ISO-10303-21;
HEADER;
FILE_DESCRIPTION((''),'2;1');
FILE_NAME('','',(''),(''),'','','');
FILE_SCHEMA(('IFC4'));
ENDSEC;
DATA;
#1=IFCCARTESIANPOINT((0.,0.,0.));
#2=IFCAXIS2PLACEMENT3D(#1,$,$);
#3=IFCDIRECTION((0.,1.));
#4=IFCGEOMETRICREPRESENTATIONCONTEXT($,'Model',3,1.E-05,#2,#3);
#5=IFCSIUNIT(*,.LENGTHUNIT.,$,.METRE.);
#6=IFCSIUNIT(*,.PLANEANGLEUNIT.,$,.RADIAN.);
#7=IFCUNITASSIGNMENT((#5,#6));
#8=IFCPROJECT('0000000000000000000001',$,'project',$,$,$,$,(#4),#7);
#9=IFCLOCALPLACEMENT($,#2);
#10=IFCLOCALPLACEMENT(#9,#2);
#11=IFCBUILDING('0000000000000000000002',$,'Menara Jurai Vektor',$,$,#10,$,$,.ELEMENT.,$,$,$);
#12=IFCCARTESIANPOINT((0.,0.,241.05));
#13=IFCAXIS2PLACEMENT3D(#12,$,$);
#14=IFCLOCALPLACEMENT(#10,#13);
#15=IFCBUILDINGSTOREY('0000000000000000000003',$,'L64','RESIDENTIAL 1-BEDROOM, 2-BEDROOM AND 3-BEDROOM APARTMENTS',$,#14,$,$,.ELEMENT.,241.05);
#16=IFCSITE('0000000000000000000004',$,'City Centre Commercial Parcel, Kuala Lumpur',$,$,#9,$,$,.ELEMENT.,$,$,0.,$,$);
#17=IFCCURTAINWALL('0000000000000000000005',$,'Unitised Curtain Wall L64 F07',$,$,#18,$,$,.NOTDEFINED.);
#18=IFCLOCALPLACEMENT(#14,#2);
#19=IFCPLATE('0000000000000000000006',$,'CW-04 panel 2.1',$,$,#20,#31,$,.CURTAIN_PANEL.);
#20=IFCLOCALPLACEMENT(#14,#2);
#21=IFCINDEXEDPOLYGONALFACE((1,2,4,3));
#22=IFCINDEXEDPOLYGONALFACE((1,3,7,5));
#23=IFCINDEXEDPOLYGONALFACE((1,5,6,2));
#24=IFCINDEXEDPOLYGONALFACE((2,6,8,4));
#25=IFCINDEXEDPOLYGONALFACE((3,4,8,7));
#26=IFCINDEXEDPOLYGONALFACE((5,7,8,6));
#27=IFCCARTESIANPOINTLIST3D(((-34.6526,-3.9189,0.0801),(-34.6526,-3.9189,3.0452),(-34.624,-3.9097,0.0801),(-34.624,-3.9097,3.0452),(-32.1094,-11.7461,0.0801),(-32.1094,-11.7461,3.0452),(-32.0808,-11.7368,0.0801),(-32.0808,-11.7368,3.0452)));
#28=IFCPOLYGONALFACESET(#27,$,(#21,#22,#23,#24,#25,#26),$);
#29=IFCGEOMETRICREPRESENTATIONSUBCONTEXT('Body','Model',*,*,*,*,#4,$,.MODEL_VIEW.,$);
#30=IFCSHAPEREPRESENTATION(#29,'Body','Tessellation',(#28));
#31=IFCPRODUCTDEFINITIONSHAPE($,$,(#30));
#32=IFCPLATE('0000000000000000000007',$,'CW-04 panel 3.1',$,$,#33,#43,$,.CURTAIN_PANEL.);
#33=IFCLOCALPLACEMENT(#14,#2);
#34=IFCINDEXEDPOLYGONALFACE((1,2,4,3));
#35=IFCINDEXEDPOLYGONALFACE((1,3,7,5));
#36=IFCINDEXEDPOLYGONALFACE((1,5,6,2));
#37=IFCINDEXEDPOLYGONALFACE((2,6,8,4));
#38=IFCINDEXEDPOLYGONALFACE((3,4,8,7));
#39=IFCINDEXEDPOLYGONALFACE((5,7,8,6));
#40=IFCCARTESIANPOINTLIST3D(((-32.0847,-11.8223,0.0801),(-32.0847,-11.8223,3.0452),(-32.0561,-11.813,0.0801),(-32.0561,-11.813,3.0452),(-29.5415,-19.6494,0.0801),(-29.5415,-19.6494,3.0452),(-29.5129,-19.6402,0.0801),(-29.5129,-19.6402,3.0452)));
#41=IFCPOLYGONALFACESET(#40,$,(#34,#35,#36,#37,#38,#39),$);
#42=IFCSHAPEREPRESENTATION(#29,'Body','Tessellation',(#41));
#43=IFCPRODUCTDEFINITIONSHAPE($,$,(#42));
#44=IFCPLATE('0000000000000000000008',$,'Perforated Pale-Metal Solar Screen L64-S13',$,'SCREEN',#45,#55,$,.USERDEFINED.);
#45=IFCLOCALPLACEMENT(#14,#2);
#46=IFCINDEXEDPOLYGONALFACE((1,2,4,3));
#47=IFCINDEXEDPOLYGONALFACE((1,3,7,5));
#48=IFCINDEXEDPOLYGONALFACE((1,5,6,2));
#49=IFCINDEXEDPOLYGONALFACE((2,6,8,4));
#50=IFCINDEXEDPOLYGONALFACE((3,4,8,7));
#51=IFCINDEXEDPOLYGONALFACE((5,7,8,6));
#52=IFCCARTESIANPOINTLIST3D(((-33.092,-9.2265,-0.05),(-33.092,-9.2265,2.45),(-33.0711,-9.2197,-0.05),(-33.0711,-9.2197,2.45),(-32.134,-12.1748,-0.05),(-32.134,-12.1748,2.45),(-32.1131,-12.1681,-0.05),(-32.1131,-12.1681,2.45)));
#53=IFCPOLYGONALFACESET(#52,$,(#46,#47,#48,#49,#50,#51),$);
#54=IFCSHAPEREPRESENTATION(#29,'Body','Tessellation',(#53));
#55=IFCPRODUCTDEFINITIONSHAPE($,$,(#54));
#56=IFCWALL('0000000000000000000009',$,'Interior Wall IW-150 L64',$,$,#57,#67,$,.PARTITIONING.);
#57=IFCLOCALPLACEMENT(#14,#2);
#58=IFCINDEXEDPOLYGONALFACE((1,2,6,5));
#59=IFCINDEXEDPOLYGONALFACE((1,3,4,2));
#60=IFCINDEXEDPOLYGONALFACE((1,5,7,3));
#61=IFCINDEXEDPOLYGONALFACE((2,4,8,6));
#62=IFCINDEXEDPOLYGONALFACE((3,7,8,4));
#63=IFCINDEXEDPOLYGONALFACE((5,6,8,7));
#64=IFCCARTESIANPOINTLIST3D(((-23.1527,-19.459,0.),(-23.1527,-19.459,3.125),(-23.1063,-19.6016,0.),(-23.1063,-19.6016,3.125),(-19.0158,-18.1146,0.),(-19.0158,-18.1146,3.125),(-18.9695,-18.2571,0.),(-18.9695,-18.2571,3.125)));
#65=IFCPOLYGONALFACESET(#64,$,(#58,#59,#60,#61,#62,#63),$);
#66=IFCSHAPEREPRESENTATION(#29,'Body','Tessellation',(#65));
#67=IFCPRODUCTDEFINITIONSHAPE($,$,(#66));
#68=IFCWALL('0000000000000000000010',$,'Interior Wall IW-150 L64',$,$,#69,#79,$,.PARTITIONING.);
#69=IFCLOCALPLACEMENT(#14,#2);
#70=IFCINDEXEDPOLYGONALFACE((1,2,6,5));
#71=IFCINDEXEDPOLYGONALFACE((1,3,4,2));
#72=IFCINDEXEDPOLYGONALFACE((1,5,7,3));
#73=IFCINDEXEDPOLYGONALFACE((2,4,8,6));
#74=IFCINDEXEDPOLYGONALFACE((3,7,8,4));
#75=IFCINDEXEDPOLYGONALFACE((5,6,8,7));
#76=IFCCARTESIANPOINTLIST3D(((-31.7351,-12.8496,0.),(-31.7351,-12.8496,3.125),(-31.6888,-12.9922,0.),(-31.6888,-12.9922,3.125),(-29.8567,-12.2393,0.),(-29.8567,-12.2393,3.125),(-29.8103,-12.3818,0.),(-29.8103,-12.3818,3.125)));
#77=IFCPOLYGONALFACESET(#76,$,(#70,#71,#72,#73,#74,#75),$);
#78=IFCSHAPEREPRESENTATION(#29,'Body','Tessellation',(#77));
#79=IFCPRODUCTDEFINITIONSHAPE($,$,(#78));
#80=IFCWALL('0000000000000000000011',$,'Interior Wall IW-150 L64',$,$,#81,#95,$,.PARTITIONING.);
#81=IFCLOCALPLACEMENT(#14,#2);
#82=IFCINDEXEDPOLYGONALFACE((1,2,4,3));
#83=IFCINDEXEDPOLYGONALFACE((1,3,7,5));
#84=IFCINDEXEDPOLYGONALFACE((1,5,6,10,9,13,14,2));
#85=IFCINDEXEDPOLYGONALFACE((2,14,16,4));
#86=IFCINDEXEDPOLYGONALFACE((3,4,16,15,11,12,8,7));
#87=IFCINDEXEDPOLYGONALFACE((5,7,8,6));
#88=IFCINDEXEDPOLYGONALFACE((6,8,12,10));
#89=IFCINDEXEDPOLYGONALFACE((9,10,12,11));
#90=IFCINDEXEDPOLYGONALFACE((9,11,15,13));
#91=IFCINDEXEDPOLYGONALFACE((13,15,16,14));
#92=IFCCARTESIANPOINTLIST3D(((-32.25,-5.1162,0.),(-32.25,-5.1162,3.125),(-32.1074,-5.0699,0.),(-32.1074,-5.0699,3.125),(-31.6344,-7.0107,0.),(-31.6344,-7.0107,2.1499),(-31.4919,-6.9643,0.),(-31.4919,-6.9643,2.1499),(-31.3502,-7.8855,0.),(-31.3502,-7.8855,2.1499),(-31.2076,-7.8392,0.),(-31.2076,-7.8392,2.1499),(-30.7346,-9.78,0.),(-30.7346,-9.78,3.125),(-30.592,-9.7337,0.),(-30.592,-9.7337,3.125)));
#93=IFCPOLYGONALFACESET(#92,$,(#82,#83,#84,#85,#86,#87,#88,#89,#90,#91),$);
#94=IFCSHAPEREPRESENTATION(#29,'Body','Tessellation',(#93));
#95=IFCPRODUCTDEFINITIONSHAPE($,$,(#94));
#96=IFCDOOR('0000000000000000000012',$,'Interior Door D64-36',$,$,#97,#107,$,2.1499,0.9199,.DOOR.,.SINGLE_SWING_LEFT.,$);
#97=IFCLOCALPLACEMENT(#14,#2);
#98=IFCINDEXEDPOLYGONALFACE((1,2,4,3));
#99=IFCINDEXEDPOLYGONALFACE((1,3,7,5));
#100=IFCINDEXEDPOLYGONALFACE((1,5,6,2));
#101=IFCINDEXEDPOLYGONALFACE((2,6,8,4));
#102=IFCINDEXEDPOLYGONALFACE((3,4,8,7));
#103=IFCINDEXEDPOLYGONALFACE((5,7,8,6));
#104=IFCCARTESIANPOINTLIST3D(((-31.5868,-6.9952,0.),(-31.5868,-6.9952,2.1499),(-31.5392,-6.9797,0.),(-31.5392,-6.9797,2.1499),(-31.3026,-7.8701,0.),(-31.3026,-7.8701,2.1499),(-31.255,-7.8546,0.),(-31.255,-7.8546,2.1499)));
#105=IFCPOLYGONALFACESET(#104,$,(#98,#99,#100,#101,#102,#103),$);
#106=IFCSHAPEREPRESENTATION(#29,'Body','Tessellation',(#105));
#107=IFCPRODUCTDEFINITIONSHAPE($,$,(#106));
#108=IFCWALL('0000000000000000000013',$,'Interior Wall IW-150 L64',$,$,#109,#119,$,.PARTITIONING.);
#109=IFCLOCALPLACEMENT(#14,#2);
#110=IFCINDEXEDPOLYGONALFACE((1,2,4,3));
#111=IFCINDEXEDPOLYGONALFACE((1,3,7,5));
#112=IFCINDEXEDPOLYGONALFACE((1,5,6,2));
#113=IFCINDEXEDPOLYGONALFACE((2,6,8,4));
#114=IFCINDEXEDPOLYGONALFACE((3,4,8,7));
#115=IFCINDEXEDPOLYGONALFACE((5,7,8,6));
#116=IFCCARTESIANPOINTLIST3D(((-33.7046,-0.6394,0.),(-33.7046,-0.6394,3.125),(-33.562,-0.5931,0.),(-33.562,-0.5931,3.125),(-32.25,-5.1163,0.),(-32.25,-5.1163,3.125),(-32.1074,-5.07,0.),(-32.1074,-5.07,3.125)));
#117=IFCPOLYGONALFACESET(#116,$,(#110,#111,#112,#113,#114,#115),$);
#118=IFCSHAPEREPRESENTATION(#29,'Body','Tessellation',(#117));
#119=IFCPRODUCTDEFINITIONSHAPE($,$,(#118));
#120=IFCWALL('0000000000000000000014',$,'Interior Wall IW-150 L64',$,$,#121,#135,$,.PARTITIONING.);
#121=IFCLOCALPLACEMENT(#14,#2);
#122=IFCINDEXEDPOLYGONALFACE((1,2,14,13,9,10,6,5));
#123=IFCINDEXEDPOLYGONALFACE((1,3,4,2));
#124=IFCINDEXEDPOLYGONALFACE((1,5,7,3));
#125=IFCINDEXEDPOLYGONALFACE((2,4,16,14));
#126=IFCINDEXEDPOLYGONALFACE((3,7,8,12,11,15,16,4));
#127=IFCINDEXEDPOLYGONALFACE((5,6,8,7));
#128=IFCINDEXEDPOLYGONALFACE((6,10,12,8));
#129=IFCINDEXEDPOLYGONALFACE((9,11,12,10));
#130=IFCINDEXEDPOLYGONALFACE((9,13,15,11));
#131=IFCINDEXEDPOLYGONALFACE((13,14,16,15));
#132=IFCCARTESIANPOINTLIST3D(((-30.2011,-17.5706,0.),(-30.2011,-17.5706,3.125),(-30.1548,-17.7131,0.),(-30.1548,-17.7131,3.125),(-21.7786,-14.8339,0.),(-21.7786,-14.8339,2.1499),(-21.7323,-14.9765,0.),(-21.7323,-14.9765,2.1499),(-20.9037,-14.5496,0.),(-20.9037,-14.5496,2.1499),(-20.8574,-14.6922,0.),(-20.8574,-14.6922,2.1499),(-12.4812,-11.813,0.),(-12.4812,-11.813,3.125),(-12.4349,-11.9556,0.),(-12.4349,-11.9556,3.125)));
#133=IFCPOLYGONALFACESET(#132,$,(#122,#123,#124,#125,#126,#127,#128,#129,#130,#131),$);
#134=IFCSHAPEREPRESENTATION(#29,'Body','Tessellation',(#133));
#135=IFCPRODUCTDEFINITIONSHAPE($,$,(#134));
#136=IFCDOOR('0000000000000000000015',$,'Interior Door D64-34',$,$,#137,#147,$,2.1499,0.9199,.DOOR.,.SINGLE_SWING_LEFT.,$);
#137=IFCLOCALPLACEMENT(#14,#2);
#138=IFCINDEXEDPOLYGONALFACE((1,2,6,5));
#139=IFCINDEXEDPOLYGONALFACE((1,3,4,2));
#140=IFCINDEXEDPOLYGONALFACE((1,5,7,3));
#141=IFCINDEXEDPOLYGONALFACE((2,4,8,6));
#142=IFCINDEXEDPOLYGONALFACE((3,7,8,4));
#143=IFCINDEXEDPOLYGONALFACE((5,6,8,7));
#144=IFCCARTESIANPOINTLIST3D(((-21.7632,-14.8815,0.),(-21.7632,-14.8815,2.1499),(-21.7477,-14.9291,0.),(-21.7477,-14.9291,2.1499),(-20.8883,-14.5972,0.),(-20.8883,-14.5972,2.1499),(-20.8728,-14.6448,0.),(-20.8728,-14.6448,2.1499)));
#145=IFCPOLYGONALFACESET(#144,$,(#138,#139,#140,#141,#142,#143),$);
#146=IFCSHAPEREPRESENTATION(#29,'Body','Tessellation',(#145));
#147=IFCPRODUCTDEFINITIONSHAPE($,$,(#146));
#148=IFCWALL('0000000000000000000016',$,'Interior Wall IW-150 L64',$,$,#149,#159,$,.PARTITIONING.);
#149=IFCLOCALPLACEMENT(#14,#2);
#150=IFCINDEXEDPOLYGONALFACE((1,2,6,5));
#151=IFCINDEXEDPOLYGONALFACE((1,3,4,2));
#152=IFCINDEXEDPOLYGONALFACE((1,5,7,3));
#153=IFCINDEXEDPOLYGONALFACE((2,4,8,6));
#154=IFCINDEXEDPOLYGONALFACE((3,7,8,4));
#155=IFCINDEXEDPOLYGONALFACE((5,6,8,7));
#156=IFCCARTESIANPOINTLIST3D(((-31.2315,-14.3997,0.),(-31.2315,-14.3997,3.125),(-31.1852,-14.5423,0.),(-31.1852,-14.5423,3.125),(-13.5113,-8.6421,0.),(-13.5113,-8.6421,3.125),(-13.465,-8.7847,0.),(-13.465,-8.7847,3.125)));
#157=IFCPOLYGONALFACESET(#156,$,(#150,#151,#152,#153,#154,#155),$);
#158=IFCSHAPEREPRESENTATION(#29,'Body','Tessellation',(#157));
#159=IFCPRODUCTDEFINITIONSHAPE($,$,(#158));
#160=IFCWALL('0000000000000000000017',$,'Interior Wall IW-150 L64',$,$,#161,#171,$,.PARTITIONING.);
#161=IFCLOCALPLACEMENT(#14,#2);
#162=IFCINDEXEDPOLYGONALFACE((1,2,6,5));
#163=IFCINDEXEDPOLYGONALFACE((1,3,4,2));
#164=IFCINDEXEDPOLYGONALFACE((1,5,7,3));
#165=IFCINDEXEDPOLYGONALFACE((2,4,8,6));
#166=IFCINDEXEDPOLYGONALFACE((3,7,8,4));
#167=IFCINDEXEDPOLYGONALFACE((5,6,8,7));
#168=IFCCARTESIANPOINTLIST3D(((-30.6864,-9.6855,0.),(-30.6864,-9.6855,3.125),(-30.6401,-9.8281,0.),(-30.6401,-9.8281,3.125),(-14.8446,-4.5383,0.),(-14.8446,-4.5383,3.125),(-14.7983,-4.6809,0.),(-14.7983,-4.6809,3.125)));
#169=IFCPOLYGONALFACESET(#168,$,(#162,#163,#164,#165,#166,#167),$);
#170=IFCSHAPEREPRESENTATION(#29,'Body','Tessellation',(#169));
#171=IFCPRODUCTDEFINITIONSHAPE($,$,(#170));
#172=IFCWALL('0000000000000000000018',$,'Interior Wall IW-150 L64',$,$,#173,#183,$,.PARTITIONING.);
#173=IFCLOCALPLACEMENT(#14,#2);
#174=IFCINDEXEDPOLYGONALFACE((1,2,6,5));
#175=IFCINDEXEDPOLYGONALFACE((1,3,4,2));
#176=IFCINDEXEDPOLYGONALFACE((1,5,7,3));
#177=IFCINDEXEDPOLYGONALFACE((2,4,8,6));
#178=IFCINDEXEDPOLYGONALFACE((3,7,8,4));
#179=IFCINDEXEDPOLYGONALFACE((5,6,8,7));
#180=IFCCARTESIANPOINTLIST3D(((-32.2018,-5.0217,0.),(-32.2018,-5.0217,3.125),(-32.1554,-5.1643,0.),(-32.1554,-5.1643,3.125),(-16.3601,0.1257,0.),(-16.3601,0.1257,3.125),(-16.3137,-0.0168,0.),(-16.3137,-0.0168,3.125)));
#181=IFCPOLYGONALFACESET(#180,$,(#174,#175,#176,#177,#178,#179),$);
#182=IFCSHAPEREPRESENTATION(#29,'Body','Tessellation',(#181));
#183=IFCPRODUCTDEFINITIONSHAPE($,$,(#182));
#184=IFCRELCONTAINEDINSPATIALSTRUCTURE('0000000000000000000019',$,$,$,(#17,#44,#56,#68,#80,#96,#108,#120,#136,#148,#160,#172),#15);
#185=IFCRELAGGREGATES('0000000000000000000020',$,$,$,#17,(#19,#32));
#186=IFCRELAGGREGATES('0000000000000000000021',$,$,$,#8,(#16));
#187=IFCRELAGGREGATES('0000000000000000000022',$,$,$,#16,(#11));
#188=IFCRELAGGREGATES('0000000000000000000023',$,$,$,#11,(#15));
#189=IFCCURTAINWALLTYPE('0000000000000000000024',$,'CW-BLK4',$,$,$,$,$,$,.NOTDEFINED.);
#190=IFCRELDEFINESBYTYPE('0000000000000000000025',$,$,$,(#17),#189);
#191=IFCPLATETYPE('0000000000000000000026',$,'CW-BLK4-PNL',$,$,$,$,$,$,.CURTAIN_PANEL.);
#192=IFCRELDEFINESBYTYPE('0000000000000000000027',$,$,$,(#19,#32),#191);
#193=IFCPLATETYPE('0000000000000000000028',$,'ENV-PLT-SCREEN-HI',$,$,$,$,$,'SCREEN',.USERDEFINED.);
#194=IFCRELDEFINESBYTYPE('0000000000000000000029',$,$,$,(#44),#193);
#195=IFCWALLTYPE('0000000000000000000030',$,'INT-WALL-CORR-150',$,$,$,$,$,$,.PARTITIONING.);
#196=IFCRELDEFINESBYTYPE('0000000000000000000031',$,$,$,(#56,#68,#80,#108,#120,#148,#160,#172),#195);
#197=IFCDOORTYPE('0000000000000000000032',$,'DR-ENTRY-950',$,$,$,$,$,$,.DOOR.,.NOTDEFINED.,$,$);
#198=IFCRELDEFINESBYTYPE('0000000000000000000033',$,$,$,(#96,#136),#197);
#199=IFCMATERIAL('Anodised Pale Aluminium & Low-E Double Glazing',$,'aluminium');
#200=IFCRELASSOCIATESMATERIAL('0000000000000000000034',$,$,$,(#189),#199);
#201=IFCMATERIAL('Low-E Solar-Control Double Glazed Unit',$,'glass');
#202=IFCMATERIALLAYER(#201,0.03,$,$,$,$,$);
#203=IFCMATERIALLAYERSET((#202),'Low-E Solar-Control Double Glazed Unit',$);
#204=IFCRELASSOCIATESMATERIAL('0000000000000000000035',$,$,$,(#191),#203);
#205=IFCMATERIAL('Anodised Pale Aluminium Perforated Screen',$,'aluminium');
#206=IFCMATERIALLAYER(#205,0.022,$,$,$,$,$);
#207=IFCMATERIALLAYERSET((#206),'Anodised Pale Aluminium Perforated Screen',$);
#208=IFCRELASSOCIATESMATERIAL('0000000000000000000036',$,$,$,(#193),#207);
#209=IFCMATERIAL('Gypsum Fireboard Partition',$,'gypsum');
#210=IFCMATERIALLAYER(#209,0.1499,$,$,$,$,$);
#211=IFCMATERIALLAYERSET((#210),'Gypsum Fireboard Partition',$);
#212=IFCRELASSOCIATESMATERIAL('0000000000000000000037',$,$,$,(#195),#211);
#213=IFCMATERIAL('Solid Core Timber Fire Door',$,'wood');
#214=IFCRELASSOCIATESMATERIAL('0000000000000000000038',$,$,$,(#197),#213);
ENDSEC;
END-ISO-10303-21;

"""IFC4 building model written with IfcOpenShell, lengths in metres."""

from ifc_helpers import new_model, si_unit, direction, frame, frame_2d, origin, origin_2d, place, context, subcontext, project, spatial, rectangle, extrude, material, layer, layer_set, type_object, element, fill, aggregate, save


model = new_model("IFC4")

# Units and contexts
model_context = context("Model", 3, precision=1e-05, world=origin(), true_north=direction((0.0, 1.0)))
body_context = subcontext(model_context, "Body", "Model", "MODEL_VIEW")
ifc_project = project(units=[si_unit("LENGTHUNIT", "METRE"), si_unit("PLANEANGLEUNIT", "RADIAN")], contexts=[model_context])

# Site, building, storey
site_placement = place(None, origin())
site = spatial("IfcSite", under=ifc_project, at=site_placement, Name="City Centre Commercial Parcel, Kuala Lumpur", CompositionType="ELEMENT", RefElevation=0.0)
building_placement = place(site_placement, origin())
building = spatial("IfcBuilding", under=site, at=building_placement, Name="Menara Jurai Vektor", CompositionType="ELEMENT")
storey_placement = place(building_placement, frame((0.0, 0.0, 241.05)))
storey = spatial("IfcBuildingStorey", under=building, at=storey_placement, Name="L64", Description="RESIDENTIAL 1-BEDROOM, 2-BEDROOM AND 3-BEDROOM APARTMENTS", CompositionType="ELEMENT", Elevation=241.05)

# Curtain wall
ifc_material_1 = material(Name="Anodised Pale Aluminium & Low-E Double Glazing", Category="aluminium")
curtain_wall_type = type_object("IfcCurtainWallType", Name="CW-BLK4", PredefinedType="NOTDEFINED", material=ifc_material_1)
curtain_wall_placement = place(storey_placement, origin())
curtain_wall = element("IfcCurtainWall", 1, at=curtain_wall_placement, inside=storey, type_object=curtain_wall_type, Name="Unitised Curtain Wall L64 F07", PredefinedType="NOTDEFINED")

# Plates
ifc_material_2 = material(Name="Low-E Solar-Control Double Glazed Unit", Category="glass")
ifc_layer_1 = layer(ifc_material_2, 0.03)
ifc_layer_set_1 = layer_set([ifc_layer_1], Name="Low-E Solar-Control Double Glazed Unit")
plate_type_1 = type_object("IfcPlateType", Name="CW-BLK4-PNL", PredefinedType="CURTAIN_PANEL", material=ifc_layer_set_1)
plate_1_placement = place(storey_placement, frame((-33.3667, -7.8279, 0.0801), z_axis=(0.0, 0.0, 1.0), x_axis=(0.309016, -0.951057, 0.0)))
plate_1 = element("IfcPlate", 2, at=plate_1_placement, type_object=plate_type_1, Name="CW-04 panel 2.1", PredefinedType="CURTAIN_PANEL", context=body_context, shape_type="SweptSolid", body=[
    extrude(rectangle(XDim=8.23, YDim=0.03, at=origin_2d()), origin(), (0.0, 0.0, 1.0), 2.9651),
])
plate_2_placement = place(storey_placement, frame((-30.7988, -15.7312, 0.0801), z_axis=(0.0, 0.0, 1.0), x_axis=(0.309016, -0.951057, 0.0)))
plate_2 = element("IfcPlate", 3, at=plate_2_placement, type_object=plate_type_1, Name="CW-04 panel 3.1", PredefinedType="CURTAIN_PANEL", context=body_context, shape_type="SweptSolid", body=[
    extrude(rectangle(XDim=8.23, YDim=0.03, at=origin_2d()), origin(), (0.0, 0.0, 1.0), 2.9651),
])
aggregate(curtain_wall, [plate_1, plate_2])
ifc_material_3 = material(Name="Anodised Pale Aluminium Perforated Screen", Category="aluminium")
ifc_layer_2 = layer(ifc_material_3, 0.022)
ifc_layer_set_2 = layer_set([ifc_layer_2], Name="Anodised Pale Aluminium Perforated Screen")
plate_type_2 = type_object("IfcPlateType", Name="ENV-PLT-SCREEN-HI", ElementType="SCREEN", PredefinedType="USERDEFINED", material=ifc_layer_set_2)
plate_3_placement = place(storey_placement, frame((-32.6025, -10.6973, -0.05), z_axis=(0.0, 0.0, 1.0), x_axis=(0.309017, -0.951057, 0.0)))
element("IfcPlate", 4, at=plate_3_placement, inside=storey, type_object=plate_type_2, Name="Perforated Pale-Metal Solar Screen L64-S13", ObjectType="SCREEN", PredefinedType="USERDEFINED", context=body_context, shape_type="SweptSolid", body=[
    extrude(rectangle(XDim=3.1001, YDim=0.022, at=origin_2d()), origin(), (0.0, 0.0, 1.0), 2.5),
])

# Walls
ifc_material_4 = material(Name="Gypsum Fireboard Partition", Category="gypsum")
ifc_layer_3 = layer(ifc_material_4, 0.1499)
ifc_layer_set_3 = layer_set([ifc_layer_3], Name="Gypsum Fireboard Partition")
wall_type = type_object("IfcWallType", Name="INT-WALL-CORR-150", PredefinedType="PARTITIONING", material=ifc_layer_set_3)
wall_1_placement = place(storey_placement, frame((-23.1294, -19.5303, 0.0), z_axis=(0.0, 0.0, 1.0), x_axis=(0.951036, 0.30908, 0.0)))
element("IfcWall", 5, at=wall_1_placement, inside=storey, type_object=wall_type, Name="Interior Wall IW-150 L64", PredefinedType="PARTITIONING", context=body_context, shape_type="SweptSolid", body=[
    extrude(rectangle(XDim=4.3499, YDim=0.1499, at=frame_2d((2.1748, 0.0))), origin(), (0.0, 0.0, 1.0), 3.125),
])
wall_2_placement = place(storey_placement, frame((-31.7119, -12.9209, 0.0), z_axis=(0.0, 0.0, 1.0), x_axis=(0.951054, 0.309025, 0.0)))
element("IfcWall", 6, at=wall_2_placement, inside=storey, type_object=wall_type, Name="Interior Wall IW-150 L64", PredefinedType="PARTITIONING", context=body_context, shape_type="SweptSolid", body=[
    extrude(rectangle(XDim=1.9751, YDim=0.1499, at=frame_2d((0.9875, 0.0))), origin(), (0.0, 0.0, 1.0), 3.125),
])

# Wall, opening, door
ifc_material_5 = material(Name="Solid Core Timber Fire Door", Category="wood")
door_type = type_object("IfcDoorType", Name="DR-ENTRY-950", OperationType="NOTDEFINED", PredefinedType="DOOR", material=ifc_material_5)
wall_3_placement = place(storey_placement, frame((-30.6633, -9.7568, 0.0), z_axis=(0.0, 0.0, 1.0), x_axis=(-0.30902, 0.951056, 0.0)))
wall_3 = element("IfcWall", 7, at=wall_3_placement, inside=storey, type_object=wall_type, Name="Interior Wall IW-150 L64", PredefinedType="PARTITIONING", context=body_context, shape_type="SweptSolid", body=[
    extrude(rectangle(XDim=4.9038, YDim=0.1499, at=frame_2d((2.4519, 0.0))), origin(), (0.0, 0.0, 1.0), 3.125),
])
opening_1_placement = place(wall_3_placement, frame((1.9919, 0.0, 0.0)))
opening_1 = element("IfcOpeningElement", 8, at=opening_1_placement, cuts=wall_3, PredefinedType="OPENING", context=body_context, shape_type="SweptSolid", body=[
    extrude(rectangle(XDim=0.9199, YDim=2.1499, at=frame_2d((0.46, 1.075))), frame((0.0, 0.085, 0.0), z_axis=(0.0, -1.0, 0.0), x_axis=(1.0, 0.0, 0.0)), (0.0, 0.0, 1.0), 0.1699),
])
door_1_placement = place(opening_1_placement, origin())
door_1 = element("IfcDoor", 9, at=door_1_placement, inside=storey, type_object=door_type, Name="Interior Door D64-36", OperationType="SINGLE_SWING_LEFT", OverallHeight=2.1499, OverallWidth=0.9199, PredefinedType="DOOR", context=body_context, shape_type="SweptSolid", body=[
    extrude(rectangle(XDim=0.9199, YDim=2.1499, at=frame_2d((0.46, 1.075))), frame((0.0, 0.0249, 0.0), z_axis=(0.0, -1.0, 0.0), x_axis=(1.0, 0.0, 0.0)), (0.0, 0.0, 1.0), 0.05),
])
fill(opening_1, door_1)

# Wall
wall_4_placement = place(storey_placement, frame((-32.1787, -5.093, 0.0), z_axis=(0.0, 0.0, 1.0), x_axis=(-0.309015, 0.951057, 0.0)))
element("IfcWall", 10, at=wall_4_placement, inside=storey, type_object=wall_type, Name="Interior Wall IW-150 L64", PredefinedType="PARTITIONING", context=body_context, shape_type="SweptSolid", body=[
    extrude(rectangle(XDim=4.7073, YDim=0.1499, at=frame_2d((2.3535, 0.0))), origin(), (0.0, 0.0, 1.0), 3.125),
])

# Wall, opening, door
wall_5_placement = place(storey_placement, frame((-30.178, -17.6418, 0.0), z_axis=(0.0, 0.0, 1.0), x_axis=(0.951057, 0.309017, 0.0)))
wall_5 = element("IfcWall", 11, at=wall_5_placement, inside=storey, type_object=wall_type, Name="Interior Wall IW-150 L64", PredefinedType="PARTITIONING", context=body_context, shape_type="SweptSolid", body=[
    extrude(rectangle(XDim=18.6318, YDim=0.1499, at=frame_2d((9.3159, 0.0))), origin(), (0.0, 0.0, 1.0), 3.125),
])
opening_2_placement = place(wall_5_placement, frame((8.856, 0.0, 0.0)))
opening_2 = element("IfcOpeningElement", 12, at=opening_2_placement, cuts=wall_5, PredefinedType="OPENING", context=body_context, shape_type="SweptSolid", body=[
    extrude(rectangle(XDim=0.9199, YDim=2.1499, at=frame_2d((0.46, 1.075))), frame((0.0, 0.085, 0.0), z_axis=(0.0, -1.0, 0.0), x_axis=(1.0, 0.0, 0.0)), (0.0, 0.0, 1.0), 0.1699),
])
door_2_placement = place(opening_2_placement, origin())
door_2 = element("IfcDoor", 13, at=door_2_placement, inside=storey, type_object=door_type, Name="Interior Door D64-34", OperationType="SINGLE_SWING_LEFT", OverallHeight=2.1499, OverallWidth=0.9199, PredefinedType="DOOR", context=body_context, shape_type="SweptSolid", body=[
    extrude(rectangle(XDim=0.9199, YDim=2.1499, at=frame_2d((0.46, 1.075))), frame((0.0, 0.0249, 0.0), z_axis=(0.0, -1.0, 0.0), x_axis=(1.0, 0.0, 0.0)), (0.0, 0.0, 1.0), 0.05),
])
fill(opening_2, door_2)

# Walls
wall_6_placement = place(storey_placement, frame((-31.2083, -14.4709, 0.0), z_axis=(0.0, 0.0, 1.0), x_axis=(0.951058, 0.309013, 0.0)))
element("IfcWall", 14, at=wall_6_placement, inside=storey, type_object=wall_type, Name="Interior Wall IW-150 L64", PredefinedType="PARTITIONING", context=body_context, shape_type="SweptSolid", body=[
    extrude(rectangle(XDim=18.6321, YDim=0.1499, at=frame_2d((9.3159, 0.0))), origin(), (0.0, 0.0, 1.0), 3.125),
])
for number, where, z_axis, x_axis, name in (
    (15, (-30.6633, -9.7568, 0.0), (0.0, 0.0, 1.0), (0.951058, 0.309012, 0.0), "Interior Wall IW-150 L64"),
    (16, (-32.1787, -5.093, 0.0), (0.0, 0.0, 1.0), (0.951054, 0.309025, 0.0), "Interior Wall IW-150 L64"),
):
    element("IfcWall", number, at=place(storey_placement, frame(where, z_axis=z_axis, x_axis=x_axis)), inside=storey, type_object=wall_type, Name=name, PredefinedType="PARTITIONING", context=body_context, shape_type="SweptSolid", body=[
        extrude(rectangle(XDim=16.657, YDim=0.1499, at=frame_2d((8.3286, 0.0))), origin(), (0.0, 0.0, 1.0), 3.125),
    ])

save(model, "model.ifc")
